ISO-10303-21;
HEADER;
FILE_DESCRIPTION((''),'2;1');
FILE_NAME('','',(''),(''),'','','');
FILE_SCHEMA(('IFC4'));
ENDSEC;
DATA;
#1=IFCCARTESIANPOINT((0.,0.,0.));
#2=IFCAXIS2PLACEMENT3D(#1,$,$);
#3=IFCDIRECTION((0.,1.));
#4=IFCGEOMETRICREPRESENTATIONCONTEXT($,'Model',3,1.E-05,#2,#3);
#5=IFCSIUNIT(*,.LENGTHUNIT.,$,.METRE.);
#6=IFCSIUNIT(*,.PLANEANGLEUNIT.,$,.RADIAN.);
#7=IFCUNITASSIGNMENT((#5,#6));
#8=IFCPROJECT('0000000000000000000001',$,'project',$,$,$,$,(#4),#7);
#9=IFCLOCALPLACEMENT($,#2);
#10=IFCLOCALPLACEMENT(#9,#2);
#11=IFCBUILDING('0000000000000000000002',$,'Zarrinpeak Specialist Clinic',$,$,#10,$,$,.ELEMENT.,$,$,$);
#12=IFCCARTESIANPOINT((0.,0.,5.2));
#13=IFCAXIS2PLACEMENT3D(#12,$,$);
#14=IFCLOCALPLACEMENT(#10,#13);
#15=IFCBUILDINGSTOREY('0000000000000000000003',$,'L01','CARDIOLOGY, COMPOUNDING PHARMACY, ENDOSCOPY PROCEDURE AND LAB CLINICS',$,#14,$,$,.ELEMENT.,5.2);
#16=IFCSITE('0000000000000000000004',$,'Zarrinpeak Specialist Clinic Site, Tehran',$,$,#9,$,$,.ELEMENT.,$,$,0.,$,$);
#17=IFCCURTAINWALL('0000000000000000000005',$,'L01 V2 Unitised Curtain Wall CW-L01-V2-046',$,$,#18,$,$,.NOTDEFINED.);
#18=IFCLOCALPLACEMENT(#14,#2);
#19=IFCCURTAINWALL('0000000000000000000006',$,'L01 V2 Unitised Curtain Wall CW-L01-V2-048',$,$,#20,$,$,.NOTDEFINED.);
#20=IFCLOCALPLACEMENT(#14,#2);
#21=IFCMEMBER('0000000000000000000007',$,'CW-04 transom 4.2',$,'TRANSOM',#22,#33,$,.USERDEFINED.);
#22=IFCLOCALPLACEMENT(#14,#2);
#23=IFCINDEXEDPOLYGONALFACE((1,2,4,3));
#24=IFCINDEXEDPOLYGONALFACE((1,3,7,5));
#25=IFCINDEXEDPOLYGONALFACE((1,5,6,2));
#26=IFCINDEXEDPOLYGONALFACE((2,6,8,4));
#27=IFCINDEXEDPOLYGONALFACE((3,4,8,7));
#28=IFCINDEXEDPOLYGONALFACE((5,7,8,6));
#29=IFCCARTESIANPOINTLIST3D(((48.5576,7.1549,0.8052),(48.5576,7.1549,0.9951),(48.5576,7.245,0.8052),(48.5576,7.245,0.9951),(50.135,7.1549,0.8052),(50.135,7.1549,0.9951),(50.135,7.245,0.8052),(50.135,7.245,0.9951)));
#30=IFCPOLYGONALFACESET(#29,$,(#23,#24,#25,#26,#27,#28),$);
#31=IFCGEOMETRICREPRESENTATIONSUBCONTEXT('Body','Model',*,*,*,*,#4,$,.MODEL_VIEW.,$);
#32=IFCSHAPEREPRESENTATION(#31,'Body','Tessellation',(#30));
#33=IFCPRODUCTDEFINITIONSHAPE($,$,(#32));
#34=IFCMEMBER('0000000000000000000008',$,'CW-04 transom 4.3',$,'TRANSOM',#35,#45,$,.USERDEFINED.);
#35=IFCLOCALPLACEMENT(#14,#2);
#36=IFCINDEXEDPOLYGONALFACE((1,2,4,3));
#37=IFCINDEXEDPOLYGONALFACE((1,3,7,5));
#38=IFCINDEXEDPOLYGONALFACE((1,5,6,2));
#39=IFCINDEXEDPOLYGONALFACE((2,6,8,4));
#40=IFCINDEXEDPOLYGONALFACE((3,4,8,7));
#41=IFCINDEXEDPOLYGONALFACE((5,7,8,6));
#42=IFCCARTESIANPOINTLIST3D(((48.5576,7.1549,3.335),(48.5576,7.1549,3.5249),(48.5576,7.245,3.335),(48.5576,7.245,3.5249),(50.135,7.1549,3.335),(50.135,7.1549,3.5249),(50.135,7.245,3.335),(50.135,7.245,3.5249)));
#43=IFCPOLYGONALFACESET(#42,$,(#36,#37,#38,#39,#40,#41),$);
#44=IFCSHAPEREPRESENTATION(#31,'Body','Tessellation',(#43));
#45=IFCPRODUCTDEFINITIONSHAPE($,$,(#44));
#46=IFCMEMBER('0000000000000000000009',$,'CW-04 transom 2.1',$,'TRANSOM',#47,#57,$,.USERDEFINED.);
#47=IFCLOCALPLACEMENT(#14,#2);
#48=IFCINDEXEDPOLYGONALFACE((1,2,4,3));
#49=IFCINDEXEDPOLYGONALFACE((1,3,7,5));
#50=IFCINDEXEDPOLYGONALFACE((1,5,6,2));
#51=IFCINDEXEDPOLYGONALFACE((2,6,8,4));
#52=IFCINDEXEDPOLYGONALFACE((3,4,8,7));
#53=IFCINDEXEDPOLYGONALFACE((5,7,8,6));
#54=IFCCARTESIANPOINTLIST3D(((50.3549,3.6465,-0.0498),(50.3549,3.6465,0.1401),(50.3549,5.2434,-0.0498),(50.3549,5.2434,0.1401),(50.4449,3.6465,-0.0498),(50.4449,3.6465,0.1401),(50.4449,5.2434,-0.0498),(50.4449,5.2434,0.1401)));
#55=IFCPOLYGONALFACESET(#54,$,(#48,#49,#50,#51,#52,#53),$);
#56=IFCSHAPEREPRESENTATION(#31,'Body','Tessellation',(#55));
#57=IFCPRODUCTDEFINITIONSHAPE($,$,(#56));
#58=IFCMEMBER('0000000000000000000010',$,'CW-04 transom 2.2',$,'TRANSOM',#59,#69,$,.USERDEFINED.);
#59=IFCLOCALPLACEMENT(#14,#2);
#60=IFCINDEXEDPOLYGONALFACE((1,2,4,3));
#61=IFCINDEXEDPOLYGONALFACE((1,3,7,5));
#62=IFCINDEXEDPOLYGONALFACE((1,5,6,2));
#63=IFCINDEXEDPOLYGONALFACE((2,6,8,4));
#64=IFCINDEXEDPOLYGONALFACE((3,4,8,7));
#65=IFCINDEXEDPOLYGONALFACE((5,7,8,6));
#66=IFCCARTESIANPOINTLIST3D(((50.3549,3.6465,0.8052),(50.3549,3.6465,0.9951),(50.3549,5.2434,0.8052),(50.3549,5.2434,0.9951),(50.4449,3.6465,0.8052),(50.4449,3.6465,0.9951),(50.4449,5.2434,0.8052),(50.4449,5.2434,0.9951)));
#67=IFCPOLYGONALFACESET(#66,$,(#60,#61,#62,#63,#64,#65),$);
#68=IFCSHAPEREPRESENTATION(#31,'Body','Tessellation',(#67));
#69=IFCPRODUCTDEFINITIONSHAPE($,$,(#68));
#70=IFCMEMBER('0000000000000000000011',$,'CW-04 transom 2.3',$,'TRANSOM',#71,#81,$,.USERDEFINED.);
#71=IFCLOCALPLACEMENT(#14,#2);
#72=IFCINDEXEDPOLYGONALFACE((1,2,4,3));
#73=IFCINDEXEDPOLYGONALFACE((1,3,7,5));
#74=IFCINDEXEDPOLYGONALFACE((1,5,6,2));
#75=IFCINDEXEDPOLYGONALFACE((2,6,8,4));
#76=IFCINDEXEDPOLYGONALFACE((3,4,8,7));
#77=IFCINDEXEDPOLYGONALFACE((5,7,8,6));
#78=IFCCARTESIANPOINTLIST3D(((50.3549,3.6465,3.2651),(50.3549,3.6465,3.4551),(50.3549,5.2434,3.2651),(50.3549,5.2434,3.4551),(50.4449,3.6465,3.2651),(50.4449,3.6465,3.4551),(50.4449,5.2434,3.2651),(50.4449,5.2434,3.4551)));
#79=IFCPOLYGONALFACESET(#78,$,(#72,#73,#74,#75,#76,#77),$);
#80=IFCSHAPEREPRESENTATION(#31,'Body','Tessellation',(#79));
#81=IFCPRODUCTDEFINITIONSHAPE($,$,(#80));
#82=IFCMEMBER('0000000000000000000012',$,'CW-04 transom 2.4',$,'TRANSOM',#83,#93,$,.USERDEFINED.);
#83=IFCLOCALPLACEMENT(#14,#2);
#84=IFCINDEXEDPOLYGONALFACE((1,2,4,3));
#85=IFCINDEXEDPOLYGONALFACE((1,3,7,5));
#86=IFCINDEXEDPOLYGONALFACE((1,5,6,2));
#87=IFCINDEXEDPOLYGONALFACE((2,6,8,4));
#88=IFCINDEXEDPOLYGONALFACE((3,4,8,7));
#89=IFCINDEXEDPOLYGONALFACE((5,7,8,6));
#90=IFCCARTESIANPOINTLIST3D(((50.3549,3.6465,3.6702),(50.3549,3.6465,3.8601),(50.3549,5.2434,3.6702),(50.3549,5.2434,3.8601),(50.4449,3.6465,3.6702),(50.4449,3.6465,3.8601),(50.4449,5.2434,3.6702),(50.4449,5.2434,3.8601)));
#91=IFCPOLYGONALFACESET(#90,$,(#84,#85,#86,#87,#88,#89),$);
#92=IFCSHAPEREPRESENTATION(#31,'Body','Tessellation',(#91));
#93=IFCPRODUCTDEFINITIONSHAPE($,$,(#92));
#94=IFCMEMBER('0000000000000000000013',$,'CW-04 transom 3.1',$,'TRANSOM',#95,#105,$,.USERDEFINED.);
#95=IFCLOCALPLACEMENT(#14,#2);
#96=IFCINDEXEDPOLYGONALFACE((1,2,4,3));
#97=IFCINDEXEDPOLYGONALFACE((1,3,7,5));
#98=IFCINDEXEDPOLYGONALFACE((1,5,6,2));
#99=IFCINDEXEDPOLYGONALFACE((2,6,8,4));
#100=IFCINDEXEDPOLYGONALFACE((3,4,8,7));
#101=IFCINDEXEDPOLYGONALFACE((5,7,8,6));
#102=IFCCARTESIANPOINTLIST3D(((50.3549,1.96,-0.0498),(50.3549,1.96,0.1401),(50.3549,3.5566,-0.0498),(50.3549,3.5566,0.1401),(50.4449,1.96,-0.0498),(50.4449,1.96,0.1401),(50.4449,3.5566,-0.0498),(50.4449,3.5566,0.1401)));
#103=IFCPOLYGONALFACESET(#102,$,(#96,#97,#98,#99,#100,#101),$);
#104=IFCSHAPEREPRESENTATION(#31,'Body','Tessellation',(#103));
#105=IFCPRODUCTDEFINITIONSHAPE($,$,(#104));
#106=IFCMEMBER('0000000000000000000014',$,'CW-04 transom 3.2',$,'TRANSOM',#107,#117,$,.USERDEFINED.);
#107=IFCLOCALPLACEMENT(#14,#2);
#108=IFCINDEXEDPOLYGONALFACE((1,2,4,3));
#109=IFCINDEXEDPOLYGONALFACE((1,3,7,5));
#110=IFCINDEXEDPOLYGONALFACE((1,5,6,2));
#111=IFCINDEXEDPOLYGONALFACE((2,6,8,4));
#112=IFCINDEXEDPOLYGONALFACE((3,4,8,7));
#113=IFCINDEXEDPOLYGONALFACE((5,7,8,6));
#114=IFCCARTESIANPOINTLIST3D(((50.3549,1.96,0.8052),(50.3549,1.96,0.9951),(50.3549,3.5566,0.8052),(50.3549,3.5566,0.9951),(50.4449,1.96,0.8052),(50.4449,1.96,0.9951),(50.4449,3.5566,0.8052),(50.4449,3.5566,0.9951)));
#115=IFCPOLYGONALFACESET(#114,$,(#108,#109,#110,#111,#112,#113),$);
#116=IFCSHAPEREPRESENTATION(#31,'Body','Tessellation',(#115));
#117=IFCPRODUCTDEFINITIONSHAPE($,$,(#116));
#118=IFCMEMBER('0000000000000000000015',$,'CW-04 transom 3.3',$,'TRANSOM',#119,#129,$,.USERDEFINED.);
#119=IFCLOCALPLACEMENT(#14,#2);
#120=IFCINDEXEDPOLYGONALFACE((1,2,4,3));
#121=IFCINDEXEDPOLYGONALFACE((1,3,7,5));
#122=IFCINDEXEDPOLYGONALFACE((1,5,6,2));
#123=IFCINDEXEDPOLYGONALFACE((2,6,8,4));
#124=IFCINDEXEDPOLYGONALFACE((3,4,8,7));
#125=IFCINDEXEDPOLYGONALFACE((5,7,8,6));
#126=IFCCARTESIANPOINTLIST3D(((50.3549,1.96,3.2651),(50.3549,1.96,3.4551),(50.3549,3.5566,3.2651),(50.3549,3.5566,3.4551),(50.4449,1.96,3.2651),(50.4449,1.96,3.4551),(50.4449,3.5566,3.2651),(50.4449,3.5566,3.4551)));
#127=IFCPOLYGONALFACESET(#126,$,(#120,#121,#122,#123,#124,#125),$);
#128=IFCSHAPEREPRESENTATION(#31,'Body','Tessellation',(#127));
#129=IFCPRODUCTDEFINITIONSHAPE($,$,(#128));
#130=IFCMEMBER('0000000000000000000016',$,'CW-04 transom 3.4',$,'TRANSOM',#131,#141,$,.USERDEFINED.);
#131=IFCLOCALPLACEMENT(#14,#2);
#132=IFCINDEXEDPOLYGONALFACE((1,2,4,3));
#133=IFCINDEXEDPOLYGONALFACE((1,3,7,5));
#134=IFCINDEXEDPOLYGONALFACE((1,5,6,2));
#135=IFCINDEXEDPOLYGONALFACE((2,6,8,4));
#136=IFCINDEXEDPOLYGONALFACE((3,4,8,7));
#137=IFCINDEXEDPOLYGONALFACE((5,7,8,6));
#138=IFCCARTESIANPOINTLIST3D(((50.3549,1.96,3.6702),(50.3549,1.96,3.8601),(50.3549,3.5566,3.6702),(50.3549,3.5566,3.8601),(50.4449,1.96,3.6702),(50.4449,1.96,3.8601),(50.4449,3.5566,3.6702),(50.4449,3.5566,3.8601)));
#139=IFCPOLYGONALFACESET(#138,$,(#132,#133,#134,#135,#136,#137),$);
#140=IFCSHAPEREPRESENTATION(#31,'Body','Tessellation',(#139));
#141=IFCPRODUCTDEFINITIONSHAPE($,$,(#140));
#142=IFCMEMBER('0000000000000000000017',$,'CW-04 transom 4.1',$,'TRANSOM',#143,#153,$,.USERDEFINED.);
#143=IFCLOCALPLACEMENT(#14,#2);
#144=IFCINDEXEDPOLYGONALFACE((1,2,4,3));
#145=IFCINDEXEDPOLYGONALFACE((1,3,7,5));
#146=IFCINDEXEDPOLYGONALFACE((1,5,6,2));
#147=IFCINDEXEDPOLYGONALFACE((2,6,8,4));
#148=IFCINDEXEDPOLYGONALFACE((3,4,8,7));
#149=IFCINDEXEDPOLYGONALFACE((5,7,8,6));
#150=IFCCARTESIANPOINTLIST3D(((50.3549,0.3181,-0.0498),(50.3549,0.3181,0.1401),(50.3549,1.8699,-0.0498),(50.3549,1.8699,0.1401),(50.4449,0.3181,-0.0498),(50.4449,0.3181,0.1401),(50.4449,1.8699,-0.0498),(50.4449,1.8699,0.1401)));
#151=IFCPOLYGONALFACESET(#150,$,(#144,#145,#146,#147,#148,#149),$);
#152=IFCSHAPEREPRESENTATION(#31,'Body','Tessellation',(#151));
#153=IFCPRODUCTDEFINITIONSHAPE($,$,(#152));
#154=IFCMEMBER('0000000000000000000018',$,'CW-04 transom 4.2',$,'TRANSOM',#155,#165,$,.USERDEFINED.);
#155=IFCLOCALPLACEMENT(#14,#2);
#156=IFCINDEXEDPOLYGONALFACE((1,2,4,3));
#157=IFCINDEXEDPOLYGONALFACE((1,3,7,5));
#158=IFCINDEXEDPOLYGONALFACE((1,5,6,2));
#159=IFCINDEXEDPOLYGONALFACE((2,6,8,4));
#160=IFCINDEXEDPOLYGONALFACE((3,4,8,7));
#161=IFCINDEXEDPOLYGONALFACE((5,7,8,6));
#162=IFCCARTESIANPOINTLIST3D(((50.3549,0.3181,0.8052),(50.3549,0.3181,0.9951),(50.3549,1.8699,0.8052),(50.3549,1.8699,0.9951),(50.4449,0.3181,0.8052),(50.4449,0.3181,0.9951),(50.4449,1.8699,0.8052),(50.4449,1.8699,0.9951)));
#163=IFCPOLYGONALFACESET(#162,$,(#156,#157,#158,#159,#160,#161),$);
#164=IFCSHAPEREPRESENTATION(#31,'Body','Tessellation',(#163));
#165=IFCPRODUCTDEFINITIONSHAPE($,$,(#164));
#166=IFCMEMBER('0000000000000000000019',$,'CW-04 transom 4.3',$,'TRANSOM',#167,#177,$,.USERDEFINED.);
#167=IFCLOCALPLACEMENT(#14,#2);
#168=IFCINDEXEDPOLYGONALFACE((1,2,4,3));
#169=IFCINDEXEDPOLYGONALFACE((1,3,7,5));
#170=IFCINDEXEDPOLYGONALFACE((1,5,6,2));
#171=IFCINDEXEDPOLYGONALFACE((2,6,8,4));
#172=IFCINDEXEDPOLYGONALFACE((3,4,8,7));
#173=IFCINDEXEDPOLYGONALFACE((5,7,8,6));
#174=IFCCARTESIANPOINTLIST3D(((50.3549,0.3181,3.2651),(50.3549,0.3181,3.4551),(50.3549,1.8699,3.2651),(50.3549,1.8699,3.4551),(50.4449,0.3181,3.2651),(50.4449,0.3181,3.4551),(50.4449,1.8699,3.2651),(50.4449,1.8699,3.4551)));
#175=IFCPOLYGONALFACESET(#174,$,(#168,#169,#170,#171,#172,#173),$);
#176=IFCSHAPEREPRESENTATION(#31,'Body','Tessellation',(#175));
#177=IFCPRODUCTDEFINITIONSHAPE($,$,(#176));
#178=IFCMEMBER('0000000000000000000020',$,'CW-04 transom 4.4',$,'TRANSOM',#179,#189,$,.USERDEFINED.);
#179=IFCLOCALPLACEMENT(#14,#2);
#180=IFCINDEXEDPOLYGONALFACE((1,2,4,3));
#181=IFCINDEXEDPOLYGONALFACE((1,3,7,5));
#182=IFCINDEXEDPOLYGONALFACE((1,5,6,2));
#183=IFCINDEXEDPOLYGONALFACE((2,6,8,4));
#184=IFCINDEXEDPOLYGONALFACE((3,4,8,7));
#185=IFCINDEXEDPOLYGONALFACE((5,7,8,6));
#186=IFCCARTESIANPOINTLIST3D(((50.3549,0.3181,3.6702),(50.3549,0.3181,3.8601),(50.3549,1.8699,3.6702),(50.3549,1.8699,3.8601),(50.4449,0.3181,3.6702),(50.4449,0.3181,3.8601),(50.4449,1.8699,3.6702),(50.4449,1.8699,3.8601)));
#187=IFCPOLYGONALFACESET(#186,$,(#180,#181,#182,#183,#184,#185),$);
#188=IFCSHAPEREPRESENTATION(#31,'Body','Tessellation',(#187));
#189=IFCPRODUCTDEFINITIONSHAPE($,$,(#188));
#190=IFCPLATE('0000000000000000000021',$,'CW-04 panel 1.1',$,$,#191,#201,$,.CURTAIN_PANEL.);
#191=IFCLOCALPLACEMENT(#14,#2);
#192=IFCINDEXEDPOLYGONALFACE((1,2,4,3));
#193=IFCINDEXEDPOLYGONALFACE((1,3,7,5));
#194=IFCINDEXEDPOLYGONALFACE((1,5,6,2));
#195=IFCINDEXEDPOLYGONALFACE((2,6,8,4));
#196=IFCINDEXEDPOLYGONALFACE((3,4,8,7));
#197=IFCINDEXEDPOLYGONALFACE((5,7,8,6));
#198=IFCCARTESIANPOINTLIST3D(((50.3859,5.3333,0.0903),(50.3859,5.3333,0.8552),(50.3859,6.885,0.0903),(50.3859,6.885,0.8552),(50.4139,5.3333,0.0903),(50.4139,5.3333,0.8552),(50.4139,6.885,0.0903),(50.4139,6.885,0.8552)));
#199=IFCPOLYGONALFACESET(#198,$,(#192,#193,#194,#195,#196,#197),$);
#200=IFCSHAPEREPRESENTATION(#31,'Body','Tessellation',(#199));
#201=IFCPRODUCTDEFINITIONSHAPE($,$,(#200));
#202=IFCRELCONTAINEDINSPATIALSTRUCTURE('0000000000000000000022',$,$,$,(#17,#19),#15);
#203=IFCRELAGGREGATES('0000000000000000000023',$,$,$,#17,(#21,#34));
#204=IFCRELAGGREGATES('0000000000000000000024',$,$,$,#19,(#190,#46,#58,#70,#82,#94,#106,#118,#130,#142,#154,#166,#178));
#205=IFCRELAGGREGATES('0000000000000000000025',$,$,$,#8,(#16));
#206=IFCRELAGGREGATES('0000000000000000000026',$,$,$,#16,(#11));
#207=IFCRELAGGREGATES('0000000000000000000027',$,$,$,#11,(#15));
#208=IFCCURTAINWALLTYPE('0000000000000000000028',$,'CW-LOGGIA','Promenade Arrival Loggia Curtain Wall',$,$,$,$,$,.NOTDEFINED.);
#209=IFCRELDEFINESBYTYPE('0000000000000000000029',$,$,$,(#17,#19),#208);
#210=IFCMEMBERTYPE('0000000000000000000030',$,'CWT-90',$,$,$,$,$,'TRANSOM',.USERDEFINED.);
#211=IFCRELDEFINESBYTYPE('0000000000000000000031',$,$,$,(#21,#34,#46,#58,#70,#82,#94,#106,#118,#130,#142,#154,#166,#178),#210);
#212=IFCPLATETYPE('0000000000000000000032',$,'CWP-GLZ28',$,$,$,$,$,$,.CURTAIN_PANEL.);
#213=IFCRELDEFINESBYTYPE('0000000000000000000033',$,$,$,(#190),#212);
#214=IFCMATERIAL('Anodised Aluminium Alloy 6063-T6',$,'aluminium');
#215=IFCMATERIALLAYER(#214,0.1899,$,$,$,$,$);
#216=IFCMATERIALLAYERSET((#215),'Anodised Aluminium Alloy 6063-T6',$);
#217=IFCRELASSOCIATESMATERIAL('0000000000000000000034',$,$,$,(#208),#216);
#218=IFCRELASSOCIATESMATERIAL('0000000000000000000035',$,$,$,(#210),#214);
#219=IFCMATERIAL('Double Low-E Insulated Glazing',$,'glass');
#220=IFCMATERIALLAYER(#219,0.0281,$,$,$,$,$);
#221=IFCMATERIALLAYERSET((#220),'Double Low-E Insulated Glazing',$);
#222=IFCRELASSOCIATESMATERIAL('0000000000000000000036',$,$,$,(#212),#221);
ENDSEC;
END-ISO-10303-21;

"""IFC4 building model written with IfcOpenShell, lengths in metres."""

from ifc_helpers import new_model, si_unit, direction, frame, origin, origin_2d, place, context, subcontext, project, spatial, rectangle, extrude, material, layer, layer_set, material_profile, profile_set, type_object, element, aggregate, save


model = new_model("IFC4")

# Units and contexts
model_context = context("Model", 3, precision=1e-05, world=origin(), true_north=direction((0.0, 1.0)))
body_context = subcontext(model_context, "Body", "Model", "MODEL_VIEW")
ifc_project = project(units=[si_unit("LENGTHUNIT", "METRE"), si_unit("PLANEANGLEUNIT", "RADIAN")], contexts=[model_context])

# Site, building, storey
site_placement = place(None, origin())
site = spatial("IfcSite", under=ifc_project, at=site_placement, Name="Zarrinpeak Specialist Clinic Site, Tehran", CompositionType="ELEMENT", RefElevation=0.0)
building_placement = place(site_placement, origin())
building = spatial("IfcBuilding", under=site, at=building_placement, Name="Zarrinpeak Specialist Clinic", CompositionType="ELEMENT")
storey_placement = place(building_placement, frame((0.0, 0.0, 5.2)))
storey = spatial("IfcBuildingStorey", under=building, at=storey_placement, Name="L01", Description="CARDIOLOGY, COMPOUNDING PHARMACY, ENDOSCOPY PROCEDURE AND LAB CLINICS", CompositionType="ELEMENT", Elevation=5.2)

# Curtain wall
ifc_material_1 = material(Name="Anodised Aluminium Alloy 6063-T6", Category="aluminium")
ifc_layer_1 = layer(ifc_material_1, 0.1899)
ifc_layer_set_1 = layer_set([ifc_layer_1], Name="Anodised Aluminium Alloy 6063-T6")
curtain_wall_type = type_object("IfcCurtainWallType", Name="CW-LOGGIA", Description="Promenade Arrival Loggia Curtain Wall", PredefinedType="NOTDEFINED", material=ifc_layer_set_1)
curtain_wall_1_placement = place(storey_placement, origin())
curtain_wall_1 = element("IfcCurtainWall", 1, at=curtain_wall_1_placement, inside=storey, type_object=curtain_wall_type, Name="L01 V2 Unitised Curtain Wall CW-L01-V2-046", PredefinedType="NOTDEFINED")

# Curtain wall
curtain_wall_2_placement = place(storey_placement, origin())
curtain_wall_2 = element("IfcCurtainWall", 2, at=curtain_wall_2_placement, inside=storey, type_object=curtain_wall_type, Name="L01 V2 Unitised Curtain Wall CW-L01-V2-048", PredefinedType="NOTDEFINED")

# Members
ifc_material_profile_1 = material_profile(ifc_material_1, rectangle(XDim=0.0901, YDim=0.1899, at=origin_2d()), Name="ALU 90x190")
ifc_profile_set_1 = profile_set([ifc_material_profile_1], Name="Anodised Aluminium Alloy 6063-T6")
member_type_1 = type_object("IfcMemberType", Name="CWT-90", ElementType="TRANSOM", PredefinedType="USERDEFINED", material=ifc_profile_set_1)
member_1_placement = place(storey_placement, frame((48.5576, 7.2, 0.9001), z_axis=(1.0, 0.0, 0.0), x_axis=(0.0, 1.0, 0.0)))
member_1 = element("IfcMember", 3, at=member_1_placement, type_object=member_type_1, Name="CW-04 transom 4.2", ObjectType="TRANSOM", PredefinedType="USERDEFINED", context=body_context, shape_type="SweptSolid", body=[
    extrude(rectangle(XDim=0.0901, YDim=0.1899, at=origin_2d()), origin(), (0.0, 0.0, 1.0), 1.5774),
])
member_2_placement = place(storey_placement, frame((48.5576, 7.2, 3.4299), z_axis=(1.0, 0.0, 0.0), x_axis=(0.0, 1.0, 0.0)))
member_2 = element("IfcMember", 4, at=member_2_placement, type_object=member_type_1, Name="CW-04 transom 4.3", ObjectType="TRANSOM", PredefinedType="USERDEFINED", context=body_context, shape_type="SweptSolid", body=[
    extrude(rectangle(XDim=0.0901, YDim=0.1899, at=origin_2d()), origin(), (0.0, 0.0, 1.0), 1.5774),
])
aggregate(curtain_wall_1, [member_1, member_2])
member_3_placement = place(storey_placement, frame((50.3999, 5.2434, 0.0452), z_axis=(0.0, -1.0, 0.0), x_axis=(1.0, 0.0, 0.0)))
member_3 = element("IfcMember", 5, at=member_3_placement, type_object=member_type_1, Name="CW-04 transom 2.1", ObjectType="TRANSOM", PredefinedType="USERDEFINED", context=body_context, shape_type="SweptSolid", body=[
    extrude(rectangle(XDim=0.0901, YDim=0.1899, at=origin_2d()), origin(), (0.0, 0.0, 1.0), 1.5969),
])
member_4_placement = place(storey_placement, frame((50.3999, 5.2434, 0.9001), z_axis=(0.0, -1.0, 0.0), x_axis=(1.0, 0.0, 0.0)))
member_4 = element("IfcMember", 6, at=member_4_placement, type_object=member_type_1, Name="CW-04 transom 2.2", ObjectType="TRANSOM", PredefinedType="USERDEFINED", context=body_context, shape_type="SweptSolid", body=[
    extrude(rectangle(XDim=0.0901, YDim=0.1899, at=origin_2d()), origin(), (0.0, 0.0, 1.0), 1.5969),
])
member_5_placement = place(storey_placement, frame((50.3999, 5.2434, 3.3601), z_axis=(0.0, -1.0, 0.0), x_axis=(1.0, 0.0, 0.0)))
member_5 = element("IfcMember", 7, at=member_5_placement, type_object=member_type_1, Name="CW-04 transom 2.3", ObjectType="TRANSOM", PredefinedType="USERDEFINED", context=body_context, shape_type="SweptSolid", body=[
    extrude(rectangle(XDim=0.0901, YDim=0.1899, at=origin_2d()), origin(), (0.0, 0.0, 1.0), 1.5969),
])
member_6_placement = place(storey_placement, frame((50.3999, 5.2434, 3.7651), z_axis=(0.0, -1.0, 0.0), x_axis=(1.0, 0.0, 0.0)))
member_6 = element("IfcMember", 8, at=member_6_placement, type_object=member_type_1, Name="CW-04 transom 2.4", ObjectType="TRANSOM", PredefinedType="USERDEFINED", context=body_context, shape_type="SweptSolid", body=[
    extrude(rectangle(XDim=0.0901, YDim=0.1899, at=origin_2d()), origin(), (0.0, 0.0, 1.0), 1.5969),
])
member_7_placement = place(storey_placement, frame((50.3999, 3.5566, 0.0452), z_axis=(0.0, -1.0, 0.0), x_axis=(1.0, 0.0, 0.0)))
member_7 = element("IfcMember", 9, at=member_7_placement, type_object=member_type_1, Name="CW-04 transom 3.1", ObjectType="TRANSOM", PredefinedType="USERDEFINED", context=body_context, shape_type="SweptSolid", body=[
    extrude(rectangle(XDim=0.0901, YDim=0.1899, at=origin_2d()), origin(), (0.0, 0.0, 1.0), 1.5967),
])
member_8_placement = place(storey_placement, frame((50.3999, 3.5566, 0.9001), z_axis=(0.0, -1.0, 0.0), x_axis=(1.0, 0.0, 0.0)))
member_8 = element("IfcMember", 10, at=member_8_placement, type_object=member_type_1, Name="CW-04 transom 3.2", ObjectType="TRANSOM", PredefinedType="USERDEFINED", context=body_context, shape_type="SweptSolid", body=[
    extrude(rectangle(XDim=0.0901, YDim=0.1899, at=origin_2d()), origin(), (0.0, 0.0, 1.0), 1.5967),
])
member_9_placement = place(storey_placement, frame((50.3999, 3.5566, 3.3601), z_axis=(0.0, -1.0, 0.0), x_axis=(1.0, 0.0, 0.0)))
member_9 = element("IfcMember", 11, at=member_9_placement, type_object=member_type_1, Name="CW-04 transom 3.3", ObjectType="TRANSOM", PredefinedType="USERDEFINED", context=body_context, shape_type="SweptSolid", body=[
    extrude(rectangle(XDim=0.0901, YDim=0.1899, at=origin_2d()), origin(), (0.0, 0.0, 1.0), 1.5967),
])
member_10_placement = place(storey_placement, frame((50.3999, 3.5566, 3.7651), z_axis=(0.0, -1.0, 0.0), x_axis=(1.0, 0.0, 0.0)))
member_10 = element("IfcMember", 12, at=member_10_placement, type_object=member_type_1, Name="CW-04 transom 3.4", ObjectType="TRANSOM", PredefinedType="USERDEFINED", context=body_context, shape_type="SweptSolid", body=[
    extrude(rectangle(XDim=0.0901, YDim=0.1899, at=origin_2d()), origin(), (0.0, 0.0, 1.0), 1.5967),
])
member_11_placement = place(storey_placement, frame((50.3999, 1.8699, 0.0452), z_axis=(0.0, -1.0, 0.0), x_axis=(1.0, 0.0, 0.0)))
member_11 = element("IfcMember", 13, at=member_11_placement, type_object=member_type_1, Name="CW-04 transom 4.1", ObjectType="TRANSOM", PredefinedType="USERDEFINED", context=body_context, shape_type="SweptSolid", body=[
    extrude(rectangle(XDim=0.0901, YDim=0.1899, at=origin_2d()), origin(), (0.0, 0.0, 1.0), 1.5518),
])
member_12_placement = place(storey_placement, frame((50.3999, 1.8699, 0.9001), z_axis=(0.0, -1.0, 0.0), x_axis=(1.0, 0.0, 0.0)))
member_12 = element("IfcMember", 14, at=member_12_placement, type_object=member_type_1, Name="CW-04 transom 4.2", ObjectType="TRANSOM", PredefinedType="USERDEFINED", context=body_context, shape_type="SweptSolid", body=[
    extrude(rectangle(XDim=0.0901, YDim=0.1899, at=origin_2d()), origin(), (0.0, 0.0, 1.0), 1.5518),
])
member_13_placement = place(storey_placement, frame((50.3999, 1.8699, 3.3601), z_axis=(0.0, -1.0, 0.0), x_axis=(1.0, 0.0, 0.0)))
member_13 = element("IfcMember", 15, at=member_13_placement, type_object=member_type_1, Name="CW-04 transom 4.3", ObjectType="TRANSOM", PredefinedType="USERDEFINED", context=body_context, shape_type="SweptSolid", body=[
    extrude(rectangle(XDim=0.0901, YDim=0.1899, at=origin_2d()), origin(), (0.0, 0.0, 1.0), 1.5518),
])
member_14_placement = place(storey_placement, frame((50.3999, 1.8699, 3.7651), z_axis=(0.0, -1.0, 0.0), x_axis=(1.0, 0.0, 0.0)))
member_14 = element("IfcMember", 16, at=member_14_placement, type_object=member_type_1, Name="CW-04 transom 4.4", ObjectType="TRANSOM", PredefinedType="USERDEFINED", context=body_context, shape_type="SweptSolid", body=[
    extrude(rectangle(XDim=0.0901, YDim=0.1899, at=origin_2d()), origin(), (0.0, 0.0, 1.0), 1.5518),
])

# Plate
ifc_material_2 = material(Name="Double Low-E Insulated Glazing", Category="glass")
ifc_layer_2 = layer(ifc_material_2, 0.0281)
ifc_layer_set_2 = layer_set([ifc_layer_2], Name="Double Low-E Insulated Glazing")
plate_type_1 = type_object("IfcPlateType", Name="CWP-GLZ28", PredefinedType="CURTAIN_PANEL", material=ifc_layer_set_2)
plate_1_placement = place(storey_placement, frame((50.3999, 6.1091, 0.0903), z_axis=(0.0, 0.0, 1.0), x_axis=(0.0, -1.0, 0.0)))
plate_1 = element("IfcPlate", 17, at=plate_1_placement, type_object=plate_type_1, Name="CW-04 panel 1.1", PredefinedType="CURTAIN_PANEL", context=body_context, shape_type="SweptSolid", body=[
    extrude(rectangle(XDim=1.5518, YDim=0.0281, at=origin_2d()), origin(), (0.0, 0.0, 1.0), 0.7649),
])
aggregate(curtain_wall_2, [plate_1, member_3, member_4, member_5, member_6, member_7, member_8, member_9, member_10, member_11, member_12, member_13, member_14])

save(model, "model.ifc")
